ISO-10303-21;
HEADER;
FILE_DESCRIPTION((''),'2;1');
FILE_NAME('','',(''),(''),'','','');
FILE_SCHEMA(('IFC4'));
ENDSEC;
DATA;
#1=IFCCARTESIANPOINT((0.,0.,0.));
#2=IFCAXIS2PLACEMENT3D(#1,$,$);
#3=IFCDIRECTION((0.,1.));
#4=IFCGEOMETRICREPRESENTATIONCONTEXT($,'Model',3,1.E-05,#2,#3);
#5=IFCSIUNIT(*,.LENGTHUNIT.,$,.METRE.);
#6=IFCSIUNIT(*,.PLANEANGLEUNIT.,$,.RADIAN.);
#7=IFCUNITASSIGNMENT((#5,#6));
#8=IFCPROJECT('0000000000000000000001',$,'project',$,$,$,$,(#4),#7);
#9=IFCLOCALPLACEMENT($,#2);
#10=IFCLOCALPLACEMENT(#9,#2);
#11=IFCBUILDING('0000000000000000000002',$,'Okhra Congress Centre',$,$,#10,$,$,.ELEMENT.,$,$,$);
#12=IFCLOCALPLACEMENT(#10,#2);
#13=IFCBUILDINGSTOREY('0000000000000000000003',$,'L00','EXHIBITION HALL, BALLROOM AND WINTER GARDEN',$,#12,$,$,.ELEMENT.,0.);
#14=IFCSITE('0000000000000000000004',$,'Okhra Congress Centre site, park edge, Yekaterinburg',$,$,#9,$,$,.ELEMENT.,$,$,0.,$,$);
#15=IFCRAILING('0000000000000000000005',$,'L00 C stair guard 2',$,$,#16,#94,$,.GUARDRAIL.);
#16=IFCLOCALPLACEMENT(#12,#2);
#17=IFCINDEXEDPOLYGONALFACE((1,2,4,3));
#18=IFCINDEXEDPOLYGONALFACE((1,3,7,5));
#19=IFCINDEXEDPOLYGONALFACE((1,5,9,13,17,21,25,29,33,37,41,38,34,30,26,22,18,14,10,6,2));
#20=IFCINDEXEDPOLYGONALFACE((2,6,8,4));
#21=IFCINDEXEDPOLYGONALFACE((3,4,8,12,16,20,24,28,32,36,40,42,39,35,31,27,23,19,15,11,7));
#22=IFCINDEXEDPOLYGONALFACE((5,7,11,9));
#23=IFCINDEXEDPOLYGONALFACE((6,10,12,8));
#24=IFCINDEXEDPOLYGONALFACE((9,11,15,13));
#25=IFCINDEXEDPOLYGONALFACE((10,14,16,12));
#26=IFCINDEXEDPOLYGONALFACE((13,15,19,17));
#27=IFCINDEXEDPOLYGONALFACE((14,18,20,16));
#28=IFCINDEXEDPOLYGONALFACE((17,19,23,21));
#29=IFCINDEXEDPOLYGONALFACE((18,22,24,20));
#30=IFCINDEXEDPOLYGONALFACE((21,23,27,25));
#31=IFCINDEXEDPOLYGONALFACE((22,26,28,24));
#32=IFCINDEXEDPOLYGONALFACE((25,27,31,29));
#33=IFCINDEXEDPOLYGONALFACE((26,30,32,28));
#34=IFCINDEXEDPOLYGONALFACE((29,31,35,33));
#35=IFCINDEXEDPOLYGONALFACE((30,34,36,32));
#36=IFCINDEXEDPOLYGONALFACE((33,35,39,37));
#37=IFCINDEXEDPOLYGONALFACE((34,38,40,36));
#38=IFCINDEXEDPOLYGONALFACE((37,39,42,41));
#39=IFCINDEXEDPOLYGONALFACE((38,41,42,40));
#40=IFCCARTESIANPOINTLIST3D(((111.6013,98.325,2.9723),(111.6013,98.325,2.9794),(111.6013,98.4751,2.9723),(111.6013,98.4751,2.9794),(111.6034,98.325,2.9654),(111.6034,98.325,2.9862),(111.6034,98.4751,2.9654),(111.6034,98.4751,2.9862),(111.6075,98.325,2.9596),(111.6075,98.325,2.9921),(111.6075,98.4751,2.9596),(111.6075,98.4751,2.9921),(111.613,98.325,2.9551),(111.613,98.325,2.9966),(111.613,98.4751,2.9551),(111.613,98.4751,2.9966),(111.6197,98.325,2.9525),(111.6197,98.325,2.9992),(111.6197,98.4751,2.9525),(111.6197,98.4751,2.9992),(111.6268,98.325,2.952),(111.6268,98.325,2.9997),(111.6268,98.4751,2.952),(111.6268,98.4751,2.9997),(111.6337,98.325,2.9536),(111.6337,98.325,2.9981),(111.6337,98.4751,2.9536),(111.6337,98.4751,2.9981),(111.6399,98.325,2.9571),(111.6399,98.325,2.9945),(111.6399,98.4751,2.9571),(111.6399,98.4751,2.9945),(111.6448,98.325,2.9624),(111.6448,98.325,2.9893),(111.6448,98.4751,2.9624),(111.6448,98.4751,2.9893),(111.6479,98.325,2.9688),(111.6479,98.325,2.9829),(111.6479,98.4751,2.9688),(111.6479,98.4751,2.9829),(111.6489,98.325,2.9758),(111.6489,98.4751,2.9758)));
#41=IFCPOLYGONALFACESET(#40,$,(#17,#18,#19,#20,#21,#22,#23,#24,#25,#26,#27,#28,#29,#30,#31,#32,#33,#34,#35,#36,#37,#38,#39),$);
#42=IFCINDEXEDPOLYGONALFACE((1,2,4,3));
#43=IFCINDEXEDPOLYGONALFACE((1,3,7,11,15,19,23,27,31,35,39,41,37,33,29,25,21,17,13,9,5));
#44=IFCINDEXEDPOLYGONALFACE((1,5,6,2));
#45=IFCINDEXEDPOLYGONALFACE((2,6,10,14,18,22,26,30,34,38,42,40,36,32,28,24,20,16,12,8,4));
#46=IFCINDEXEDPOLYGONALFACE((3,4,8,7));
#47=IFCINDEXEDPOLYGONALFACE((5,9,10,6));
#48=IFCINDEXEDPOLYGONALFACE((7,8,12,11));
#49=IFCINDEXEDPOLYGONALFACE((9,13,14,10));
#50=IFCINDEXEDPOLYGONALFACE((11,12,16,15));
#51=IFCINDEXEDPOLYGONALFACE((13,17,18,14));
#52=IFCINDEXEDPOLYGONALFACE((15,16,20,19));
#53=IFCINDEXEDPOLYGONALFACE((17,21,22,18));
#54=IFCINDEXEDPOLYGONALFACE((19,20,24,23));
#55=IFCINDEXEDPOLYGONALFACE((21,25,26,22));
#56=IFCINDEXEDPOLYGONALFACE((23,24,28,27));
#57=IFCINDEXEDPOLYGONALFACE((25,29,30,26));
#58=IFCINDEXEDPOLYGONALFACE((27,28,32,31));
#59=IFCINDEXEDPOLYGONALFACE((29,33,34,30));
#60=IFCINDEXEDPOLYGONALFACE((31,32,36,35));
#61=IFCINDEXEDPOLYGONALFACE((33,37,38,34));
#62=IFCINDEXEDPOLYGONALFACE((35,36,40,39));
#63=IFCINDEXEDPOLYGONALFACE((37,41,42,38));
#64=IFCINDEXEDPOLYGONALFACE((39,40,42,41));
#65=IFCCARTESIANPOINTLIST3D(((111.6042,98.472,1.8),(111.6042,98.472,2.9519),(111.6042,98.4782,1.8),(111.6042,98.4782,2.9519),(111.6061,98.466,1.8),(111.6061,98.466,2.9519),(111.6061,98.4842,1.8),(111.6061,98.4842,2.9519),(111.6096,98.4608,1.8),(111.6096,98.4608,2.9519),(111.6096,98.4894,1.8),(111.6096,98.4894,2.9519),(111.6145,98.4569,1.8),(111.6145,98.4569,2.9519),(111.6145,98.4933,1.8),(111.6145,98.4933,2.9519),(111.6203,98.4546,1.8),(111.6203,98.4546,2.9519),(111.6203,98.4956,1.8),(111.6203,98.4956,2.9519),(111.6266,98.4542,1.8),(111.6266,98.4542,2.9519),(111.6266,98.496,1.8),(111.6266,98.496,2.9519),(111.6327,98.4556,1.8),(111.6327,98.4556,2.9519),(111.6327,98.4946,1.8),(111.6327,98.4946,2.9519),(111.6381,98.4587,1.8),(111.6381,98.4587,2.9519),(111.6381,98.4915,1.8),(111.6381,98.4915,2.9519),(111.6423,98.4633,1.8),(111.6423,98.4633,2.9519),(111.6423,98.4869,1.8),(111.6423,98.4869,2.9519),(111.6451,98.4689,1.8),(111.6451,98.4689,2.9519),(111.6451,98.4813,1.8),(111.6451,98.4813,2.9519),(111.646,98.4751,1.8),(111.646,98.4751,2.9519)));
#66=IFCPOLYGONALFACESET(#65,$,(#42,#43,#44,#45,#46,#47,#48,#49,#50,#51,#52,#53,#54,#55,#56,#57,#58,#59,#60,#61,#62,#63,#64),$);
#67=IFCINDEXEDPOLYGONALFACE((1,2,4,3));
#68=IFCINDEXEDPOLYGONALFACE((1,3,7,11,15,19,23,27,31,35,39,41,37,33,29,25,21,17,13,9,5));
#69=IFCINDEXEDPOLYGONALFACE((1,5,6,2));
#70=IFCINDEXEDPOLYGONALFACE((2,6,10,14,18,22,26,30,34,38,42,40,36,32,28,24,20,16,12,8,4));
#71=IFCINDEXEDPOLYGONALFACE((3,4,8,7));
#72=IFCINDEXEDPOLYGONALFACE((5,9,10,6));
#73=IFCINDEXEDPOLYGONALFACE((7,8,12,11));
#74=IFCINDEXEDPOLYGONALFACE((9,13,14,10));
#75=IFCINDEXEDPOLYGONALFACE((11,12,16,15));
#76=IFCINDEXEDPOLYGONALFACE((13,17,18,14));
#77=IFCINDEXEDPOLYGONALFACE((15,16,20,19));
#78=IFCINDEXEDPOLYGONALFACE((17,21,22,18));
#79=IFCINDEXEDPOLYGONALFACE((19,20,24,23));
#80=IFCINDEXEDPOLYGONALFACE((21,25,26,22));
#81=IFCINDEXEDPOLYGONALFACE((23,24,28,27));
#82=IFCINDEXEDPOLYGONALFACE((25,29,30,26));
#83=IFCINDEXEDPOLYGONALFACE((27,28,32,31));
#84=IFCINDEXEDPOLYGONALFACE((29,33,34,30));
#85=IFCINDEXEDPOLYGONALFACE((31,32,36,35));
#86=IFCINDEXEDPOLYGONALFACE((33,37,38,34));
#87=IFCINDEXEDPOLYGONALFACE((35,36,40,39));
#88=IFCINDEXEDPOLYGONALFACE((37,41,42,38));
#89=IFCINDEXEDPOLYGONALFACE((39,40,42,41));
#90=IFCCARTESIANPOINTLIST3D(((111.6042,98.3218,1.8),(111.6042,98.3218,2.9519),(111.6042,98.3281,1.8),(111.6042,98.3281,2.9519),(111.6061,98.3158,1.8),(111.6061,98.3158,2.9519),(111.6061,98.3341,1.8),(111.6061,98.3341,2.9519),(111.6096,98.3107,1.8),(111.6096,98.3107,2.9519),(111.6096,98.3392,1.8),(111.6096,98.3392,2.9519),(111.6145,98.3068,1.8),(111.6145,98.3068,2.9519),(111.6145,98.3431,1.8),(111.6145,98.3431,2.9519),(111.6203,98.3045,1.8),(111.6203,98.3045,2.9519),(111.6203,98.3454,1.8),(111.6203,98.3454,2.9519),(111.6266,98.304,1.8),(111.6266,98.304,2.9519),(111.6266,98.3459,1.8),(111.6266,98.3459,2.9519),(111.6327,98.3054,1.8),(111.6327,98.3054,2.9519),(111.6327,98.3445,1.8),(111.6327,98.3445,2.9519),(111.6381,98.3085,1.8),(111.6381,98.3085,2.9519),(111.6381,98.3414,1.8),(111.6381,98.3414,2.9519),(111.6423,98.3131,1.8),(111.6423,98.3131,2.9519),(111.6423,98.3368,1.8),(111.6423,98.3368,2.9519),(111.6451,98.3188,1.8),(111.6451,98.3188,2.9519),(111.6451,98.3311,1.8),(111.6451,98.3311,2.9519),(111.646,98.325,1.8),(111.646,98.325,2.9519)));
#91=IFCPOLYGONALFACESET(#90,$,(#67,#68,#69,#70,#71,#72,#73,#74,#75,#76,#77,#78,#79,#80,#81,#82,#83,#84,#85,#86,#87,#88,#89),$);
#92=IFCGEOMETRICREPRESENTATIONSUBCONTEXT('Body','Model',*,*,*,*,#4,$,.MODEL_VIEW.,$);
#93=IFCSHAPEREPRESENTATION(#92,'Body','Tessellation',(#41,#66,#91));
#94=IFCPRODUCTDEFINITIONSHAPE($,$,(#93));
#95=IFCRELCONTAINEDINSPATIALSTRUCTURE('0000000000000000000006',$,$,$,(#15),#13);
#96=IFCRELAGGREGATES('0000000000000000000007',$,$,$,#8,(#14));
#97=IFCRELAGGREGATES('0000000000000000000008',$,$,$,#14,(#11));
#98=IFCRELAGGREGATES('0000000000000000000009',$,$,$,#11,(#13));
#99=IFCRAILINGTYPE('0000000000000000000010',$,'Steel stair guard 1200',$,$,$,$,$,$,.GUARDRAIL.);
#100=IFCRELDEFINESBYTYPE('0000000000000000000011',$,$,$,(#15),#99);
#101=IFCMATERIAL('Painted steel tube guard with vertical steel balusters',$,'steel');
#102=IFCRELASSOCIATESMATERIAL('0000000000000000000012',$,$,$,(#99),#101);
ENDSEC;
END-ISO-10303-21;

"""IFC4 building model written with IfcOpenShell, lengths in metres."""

from ifc_helpers import new_model, si_unit, direction, frame, origin, origin_2d, place, context, subcontext, project, spatial, circle, extrude, material, type_object, element, save


model = new_model("IFC4")

# Units and contexts
model_context = context("Model", 3, precision=1e-05, world=origin(), true_north=direction((0.0, 1.0)))
body_context = subcontext(model_context, "Body", "Model", "MODEL_VIEW")
ifc_project = project(units=[si_unit("LENGTHUNIT", "METRE"), si_unit("PLANEANGLEUNIT", "RADIAN")], contexts=[model_context])

# Site, building, storey
site_placement = place(None, origin())
site = spatial("IfcSite", under=ifc_project, at=site_placement, Name="Okhra Congress Centre site, park edge, Yekaterinburg", CompositionType="ELEMENT", RefElevation=0.0)
building_placement = place(site_placement, origin())
building = spatial("IfcBuilding", under=site, at=building_placement, Name="Okhra Congress Centre", CompositionType="ELEMENT")
storey_placement = place(building_placement, origin())
storey = spatial("IfcBuildingStorey", under=building, at=storey_placement, Name="L00", Description="EXHIBITION HALL, BALLROOM AND WINTER GARDEN", CompositionType="ELEMENT", Elevation=0.0)

# Railing
ifc_material_1 = material(Name="Painted steel tube guard with vertical steel balusters", Category="steel")
railing_type_1 = type_object("IfcRailingType", Name="Steel stair guard 1200", PredefinedType="GUARDRAIL", material=ifc_material_1)
railing_1_placement = place(storey_placement, frame((111.625, 98.4751, 1.8)))
element("IfcRailing", 1, at=railing_1_placement, inside=storey, type_object=railing_type_1, Name="L00 C stair guard 2", PredefinedType="GUARDRAIL", context=body_context, shape_type="SweptSolid", body=[
    extrude(circle(Radius=0.0239, at=origin_2d()), frame((0.0, 0.0, 1.1758), z_axis=(0.0, -1.0, 0.0), x_axis=(1.0, 0.0, 0.0)), (0.0, 0.0, 1.0), 0.1501),
    extrude(circle(Radius=0.021, at=origin_2d()), origin(), (0.0, 0.0, 1.0), 1.1519),
    extrude(circle(Radius=0.021, at=origin_2d()), frame((0.0, -0.1501, 0.0)), (0.0, 0.0, 1.0), 1.1519),
])

save(model, "model.ifc")
